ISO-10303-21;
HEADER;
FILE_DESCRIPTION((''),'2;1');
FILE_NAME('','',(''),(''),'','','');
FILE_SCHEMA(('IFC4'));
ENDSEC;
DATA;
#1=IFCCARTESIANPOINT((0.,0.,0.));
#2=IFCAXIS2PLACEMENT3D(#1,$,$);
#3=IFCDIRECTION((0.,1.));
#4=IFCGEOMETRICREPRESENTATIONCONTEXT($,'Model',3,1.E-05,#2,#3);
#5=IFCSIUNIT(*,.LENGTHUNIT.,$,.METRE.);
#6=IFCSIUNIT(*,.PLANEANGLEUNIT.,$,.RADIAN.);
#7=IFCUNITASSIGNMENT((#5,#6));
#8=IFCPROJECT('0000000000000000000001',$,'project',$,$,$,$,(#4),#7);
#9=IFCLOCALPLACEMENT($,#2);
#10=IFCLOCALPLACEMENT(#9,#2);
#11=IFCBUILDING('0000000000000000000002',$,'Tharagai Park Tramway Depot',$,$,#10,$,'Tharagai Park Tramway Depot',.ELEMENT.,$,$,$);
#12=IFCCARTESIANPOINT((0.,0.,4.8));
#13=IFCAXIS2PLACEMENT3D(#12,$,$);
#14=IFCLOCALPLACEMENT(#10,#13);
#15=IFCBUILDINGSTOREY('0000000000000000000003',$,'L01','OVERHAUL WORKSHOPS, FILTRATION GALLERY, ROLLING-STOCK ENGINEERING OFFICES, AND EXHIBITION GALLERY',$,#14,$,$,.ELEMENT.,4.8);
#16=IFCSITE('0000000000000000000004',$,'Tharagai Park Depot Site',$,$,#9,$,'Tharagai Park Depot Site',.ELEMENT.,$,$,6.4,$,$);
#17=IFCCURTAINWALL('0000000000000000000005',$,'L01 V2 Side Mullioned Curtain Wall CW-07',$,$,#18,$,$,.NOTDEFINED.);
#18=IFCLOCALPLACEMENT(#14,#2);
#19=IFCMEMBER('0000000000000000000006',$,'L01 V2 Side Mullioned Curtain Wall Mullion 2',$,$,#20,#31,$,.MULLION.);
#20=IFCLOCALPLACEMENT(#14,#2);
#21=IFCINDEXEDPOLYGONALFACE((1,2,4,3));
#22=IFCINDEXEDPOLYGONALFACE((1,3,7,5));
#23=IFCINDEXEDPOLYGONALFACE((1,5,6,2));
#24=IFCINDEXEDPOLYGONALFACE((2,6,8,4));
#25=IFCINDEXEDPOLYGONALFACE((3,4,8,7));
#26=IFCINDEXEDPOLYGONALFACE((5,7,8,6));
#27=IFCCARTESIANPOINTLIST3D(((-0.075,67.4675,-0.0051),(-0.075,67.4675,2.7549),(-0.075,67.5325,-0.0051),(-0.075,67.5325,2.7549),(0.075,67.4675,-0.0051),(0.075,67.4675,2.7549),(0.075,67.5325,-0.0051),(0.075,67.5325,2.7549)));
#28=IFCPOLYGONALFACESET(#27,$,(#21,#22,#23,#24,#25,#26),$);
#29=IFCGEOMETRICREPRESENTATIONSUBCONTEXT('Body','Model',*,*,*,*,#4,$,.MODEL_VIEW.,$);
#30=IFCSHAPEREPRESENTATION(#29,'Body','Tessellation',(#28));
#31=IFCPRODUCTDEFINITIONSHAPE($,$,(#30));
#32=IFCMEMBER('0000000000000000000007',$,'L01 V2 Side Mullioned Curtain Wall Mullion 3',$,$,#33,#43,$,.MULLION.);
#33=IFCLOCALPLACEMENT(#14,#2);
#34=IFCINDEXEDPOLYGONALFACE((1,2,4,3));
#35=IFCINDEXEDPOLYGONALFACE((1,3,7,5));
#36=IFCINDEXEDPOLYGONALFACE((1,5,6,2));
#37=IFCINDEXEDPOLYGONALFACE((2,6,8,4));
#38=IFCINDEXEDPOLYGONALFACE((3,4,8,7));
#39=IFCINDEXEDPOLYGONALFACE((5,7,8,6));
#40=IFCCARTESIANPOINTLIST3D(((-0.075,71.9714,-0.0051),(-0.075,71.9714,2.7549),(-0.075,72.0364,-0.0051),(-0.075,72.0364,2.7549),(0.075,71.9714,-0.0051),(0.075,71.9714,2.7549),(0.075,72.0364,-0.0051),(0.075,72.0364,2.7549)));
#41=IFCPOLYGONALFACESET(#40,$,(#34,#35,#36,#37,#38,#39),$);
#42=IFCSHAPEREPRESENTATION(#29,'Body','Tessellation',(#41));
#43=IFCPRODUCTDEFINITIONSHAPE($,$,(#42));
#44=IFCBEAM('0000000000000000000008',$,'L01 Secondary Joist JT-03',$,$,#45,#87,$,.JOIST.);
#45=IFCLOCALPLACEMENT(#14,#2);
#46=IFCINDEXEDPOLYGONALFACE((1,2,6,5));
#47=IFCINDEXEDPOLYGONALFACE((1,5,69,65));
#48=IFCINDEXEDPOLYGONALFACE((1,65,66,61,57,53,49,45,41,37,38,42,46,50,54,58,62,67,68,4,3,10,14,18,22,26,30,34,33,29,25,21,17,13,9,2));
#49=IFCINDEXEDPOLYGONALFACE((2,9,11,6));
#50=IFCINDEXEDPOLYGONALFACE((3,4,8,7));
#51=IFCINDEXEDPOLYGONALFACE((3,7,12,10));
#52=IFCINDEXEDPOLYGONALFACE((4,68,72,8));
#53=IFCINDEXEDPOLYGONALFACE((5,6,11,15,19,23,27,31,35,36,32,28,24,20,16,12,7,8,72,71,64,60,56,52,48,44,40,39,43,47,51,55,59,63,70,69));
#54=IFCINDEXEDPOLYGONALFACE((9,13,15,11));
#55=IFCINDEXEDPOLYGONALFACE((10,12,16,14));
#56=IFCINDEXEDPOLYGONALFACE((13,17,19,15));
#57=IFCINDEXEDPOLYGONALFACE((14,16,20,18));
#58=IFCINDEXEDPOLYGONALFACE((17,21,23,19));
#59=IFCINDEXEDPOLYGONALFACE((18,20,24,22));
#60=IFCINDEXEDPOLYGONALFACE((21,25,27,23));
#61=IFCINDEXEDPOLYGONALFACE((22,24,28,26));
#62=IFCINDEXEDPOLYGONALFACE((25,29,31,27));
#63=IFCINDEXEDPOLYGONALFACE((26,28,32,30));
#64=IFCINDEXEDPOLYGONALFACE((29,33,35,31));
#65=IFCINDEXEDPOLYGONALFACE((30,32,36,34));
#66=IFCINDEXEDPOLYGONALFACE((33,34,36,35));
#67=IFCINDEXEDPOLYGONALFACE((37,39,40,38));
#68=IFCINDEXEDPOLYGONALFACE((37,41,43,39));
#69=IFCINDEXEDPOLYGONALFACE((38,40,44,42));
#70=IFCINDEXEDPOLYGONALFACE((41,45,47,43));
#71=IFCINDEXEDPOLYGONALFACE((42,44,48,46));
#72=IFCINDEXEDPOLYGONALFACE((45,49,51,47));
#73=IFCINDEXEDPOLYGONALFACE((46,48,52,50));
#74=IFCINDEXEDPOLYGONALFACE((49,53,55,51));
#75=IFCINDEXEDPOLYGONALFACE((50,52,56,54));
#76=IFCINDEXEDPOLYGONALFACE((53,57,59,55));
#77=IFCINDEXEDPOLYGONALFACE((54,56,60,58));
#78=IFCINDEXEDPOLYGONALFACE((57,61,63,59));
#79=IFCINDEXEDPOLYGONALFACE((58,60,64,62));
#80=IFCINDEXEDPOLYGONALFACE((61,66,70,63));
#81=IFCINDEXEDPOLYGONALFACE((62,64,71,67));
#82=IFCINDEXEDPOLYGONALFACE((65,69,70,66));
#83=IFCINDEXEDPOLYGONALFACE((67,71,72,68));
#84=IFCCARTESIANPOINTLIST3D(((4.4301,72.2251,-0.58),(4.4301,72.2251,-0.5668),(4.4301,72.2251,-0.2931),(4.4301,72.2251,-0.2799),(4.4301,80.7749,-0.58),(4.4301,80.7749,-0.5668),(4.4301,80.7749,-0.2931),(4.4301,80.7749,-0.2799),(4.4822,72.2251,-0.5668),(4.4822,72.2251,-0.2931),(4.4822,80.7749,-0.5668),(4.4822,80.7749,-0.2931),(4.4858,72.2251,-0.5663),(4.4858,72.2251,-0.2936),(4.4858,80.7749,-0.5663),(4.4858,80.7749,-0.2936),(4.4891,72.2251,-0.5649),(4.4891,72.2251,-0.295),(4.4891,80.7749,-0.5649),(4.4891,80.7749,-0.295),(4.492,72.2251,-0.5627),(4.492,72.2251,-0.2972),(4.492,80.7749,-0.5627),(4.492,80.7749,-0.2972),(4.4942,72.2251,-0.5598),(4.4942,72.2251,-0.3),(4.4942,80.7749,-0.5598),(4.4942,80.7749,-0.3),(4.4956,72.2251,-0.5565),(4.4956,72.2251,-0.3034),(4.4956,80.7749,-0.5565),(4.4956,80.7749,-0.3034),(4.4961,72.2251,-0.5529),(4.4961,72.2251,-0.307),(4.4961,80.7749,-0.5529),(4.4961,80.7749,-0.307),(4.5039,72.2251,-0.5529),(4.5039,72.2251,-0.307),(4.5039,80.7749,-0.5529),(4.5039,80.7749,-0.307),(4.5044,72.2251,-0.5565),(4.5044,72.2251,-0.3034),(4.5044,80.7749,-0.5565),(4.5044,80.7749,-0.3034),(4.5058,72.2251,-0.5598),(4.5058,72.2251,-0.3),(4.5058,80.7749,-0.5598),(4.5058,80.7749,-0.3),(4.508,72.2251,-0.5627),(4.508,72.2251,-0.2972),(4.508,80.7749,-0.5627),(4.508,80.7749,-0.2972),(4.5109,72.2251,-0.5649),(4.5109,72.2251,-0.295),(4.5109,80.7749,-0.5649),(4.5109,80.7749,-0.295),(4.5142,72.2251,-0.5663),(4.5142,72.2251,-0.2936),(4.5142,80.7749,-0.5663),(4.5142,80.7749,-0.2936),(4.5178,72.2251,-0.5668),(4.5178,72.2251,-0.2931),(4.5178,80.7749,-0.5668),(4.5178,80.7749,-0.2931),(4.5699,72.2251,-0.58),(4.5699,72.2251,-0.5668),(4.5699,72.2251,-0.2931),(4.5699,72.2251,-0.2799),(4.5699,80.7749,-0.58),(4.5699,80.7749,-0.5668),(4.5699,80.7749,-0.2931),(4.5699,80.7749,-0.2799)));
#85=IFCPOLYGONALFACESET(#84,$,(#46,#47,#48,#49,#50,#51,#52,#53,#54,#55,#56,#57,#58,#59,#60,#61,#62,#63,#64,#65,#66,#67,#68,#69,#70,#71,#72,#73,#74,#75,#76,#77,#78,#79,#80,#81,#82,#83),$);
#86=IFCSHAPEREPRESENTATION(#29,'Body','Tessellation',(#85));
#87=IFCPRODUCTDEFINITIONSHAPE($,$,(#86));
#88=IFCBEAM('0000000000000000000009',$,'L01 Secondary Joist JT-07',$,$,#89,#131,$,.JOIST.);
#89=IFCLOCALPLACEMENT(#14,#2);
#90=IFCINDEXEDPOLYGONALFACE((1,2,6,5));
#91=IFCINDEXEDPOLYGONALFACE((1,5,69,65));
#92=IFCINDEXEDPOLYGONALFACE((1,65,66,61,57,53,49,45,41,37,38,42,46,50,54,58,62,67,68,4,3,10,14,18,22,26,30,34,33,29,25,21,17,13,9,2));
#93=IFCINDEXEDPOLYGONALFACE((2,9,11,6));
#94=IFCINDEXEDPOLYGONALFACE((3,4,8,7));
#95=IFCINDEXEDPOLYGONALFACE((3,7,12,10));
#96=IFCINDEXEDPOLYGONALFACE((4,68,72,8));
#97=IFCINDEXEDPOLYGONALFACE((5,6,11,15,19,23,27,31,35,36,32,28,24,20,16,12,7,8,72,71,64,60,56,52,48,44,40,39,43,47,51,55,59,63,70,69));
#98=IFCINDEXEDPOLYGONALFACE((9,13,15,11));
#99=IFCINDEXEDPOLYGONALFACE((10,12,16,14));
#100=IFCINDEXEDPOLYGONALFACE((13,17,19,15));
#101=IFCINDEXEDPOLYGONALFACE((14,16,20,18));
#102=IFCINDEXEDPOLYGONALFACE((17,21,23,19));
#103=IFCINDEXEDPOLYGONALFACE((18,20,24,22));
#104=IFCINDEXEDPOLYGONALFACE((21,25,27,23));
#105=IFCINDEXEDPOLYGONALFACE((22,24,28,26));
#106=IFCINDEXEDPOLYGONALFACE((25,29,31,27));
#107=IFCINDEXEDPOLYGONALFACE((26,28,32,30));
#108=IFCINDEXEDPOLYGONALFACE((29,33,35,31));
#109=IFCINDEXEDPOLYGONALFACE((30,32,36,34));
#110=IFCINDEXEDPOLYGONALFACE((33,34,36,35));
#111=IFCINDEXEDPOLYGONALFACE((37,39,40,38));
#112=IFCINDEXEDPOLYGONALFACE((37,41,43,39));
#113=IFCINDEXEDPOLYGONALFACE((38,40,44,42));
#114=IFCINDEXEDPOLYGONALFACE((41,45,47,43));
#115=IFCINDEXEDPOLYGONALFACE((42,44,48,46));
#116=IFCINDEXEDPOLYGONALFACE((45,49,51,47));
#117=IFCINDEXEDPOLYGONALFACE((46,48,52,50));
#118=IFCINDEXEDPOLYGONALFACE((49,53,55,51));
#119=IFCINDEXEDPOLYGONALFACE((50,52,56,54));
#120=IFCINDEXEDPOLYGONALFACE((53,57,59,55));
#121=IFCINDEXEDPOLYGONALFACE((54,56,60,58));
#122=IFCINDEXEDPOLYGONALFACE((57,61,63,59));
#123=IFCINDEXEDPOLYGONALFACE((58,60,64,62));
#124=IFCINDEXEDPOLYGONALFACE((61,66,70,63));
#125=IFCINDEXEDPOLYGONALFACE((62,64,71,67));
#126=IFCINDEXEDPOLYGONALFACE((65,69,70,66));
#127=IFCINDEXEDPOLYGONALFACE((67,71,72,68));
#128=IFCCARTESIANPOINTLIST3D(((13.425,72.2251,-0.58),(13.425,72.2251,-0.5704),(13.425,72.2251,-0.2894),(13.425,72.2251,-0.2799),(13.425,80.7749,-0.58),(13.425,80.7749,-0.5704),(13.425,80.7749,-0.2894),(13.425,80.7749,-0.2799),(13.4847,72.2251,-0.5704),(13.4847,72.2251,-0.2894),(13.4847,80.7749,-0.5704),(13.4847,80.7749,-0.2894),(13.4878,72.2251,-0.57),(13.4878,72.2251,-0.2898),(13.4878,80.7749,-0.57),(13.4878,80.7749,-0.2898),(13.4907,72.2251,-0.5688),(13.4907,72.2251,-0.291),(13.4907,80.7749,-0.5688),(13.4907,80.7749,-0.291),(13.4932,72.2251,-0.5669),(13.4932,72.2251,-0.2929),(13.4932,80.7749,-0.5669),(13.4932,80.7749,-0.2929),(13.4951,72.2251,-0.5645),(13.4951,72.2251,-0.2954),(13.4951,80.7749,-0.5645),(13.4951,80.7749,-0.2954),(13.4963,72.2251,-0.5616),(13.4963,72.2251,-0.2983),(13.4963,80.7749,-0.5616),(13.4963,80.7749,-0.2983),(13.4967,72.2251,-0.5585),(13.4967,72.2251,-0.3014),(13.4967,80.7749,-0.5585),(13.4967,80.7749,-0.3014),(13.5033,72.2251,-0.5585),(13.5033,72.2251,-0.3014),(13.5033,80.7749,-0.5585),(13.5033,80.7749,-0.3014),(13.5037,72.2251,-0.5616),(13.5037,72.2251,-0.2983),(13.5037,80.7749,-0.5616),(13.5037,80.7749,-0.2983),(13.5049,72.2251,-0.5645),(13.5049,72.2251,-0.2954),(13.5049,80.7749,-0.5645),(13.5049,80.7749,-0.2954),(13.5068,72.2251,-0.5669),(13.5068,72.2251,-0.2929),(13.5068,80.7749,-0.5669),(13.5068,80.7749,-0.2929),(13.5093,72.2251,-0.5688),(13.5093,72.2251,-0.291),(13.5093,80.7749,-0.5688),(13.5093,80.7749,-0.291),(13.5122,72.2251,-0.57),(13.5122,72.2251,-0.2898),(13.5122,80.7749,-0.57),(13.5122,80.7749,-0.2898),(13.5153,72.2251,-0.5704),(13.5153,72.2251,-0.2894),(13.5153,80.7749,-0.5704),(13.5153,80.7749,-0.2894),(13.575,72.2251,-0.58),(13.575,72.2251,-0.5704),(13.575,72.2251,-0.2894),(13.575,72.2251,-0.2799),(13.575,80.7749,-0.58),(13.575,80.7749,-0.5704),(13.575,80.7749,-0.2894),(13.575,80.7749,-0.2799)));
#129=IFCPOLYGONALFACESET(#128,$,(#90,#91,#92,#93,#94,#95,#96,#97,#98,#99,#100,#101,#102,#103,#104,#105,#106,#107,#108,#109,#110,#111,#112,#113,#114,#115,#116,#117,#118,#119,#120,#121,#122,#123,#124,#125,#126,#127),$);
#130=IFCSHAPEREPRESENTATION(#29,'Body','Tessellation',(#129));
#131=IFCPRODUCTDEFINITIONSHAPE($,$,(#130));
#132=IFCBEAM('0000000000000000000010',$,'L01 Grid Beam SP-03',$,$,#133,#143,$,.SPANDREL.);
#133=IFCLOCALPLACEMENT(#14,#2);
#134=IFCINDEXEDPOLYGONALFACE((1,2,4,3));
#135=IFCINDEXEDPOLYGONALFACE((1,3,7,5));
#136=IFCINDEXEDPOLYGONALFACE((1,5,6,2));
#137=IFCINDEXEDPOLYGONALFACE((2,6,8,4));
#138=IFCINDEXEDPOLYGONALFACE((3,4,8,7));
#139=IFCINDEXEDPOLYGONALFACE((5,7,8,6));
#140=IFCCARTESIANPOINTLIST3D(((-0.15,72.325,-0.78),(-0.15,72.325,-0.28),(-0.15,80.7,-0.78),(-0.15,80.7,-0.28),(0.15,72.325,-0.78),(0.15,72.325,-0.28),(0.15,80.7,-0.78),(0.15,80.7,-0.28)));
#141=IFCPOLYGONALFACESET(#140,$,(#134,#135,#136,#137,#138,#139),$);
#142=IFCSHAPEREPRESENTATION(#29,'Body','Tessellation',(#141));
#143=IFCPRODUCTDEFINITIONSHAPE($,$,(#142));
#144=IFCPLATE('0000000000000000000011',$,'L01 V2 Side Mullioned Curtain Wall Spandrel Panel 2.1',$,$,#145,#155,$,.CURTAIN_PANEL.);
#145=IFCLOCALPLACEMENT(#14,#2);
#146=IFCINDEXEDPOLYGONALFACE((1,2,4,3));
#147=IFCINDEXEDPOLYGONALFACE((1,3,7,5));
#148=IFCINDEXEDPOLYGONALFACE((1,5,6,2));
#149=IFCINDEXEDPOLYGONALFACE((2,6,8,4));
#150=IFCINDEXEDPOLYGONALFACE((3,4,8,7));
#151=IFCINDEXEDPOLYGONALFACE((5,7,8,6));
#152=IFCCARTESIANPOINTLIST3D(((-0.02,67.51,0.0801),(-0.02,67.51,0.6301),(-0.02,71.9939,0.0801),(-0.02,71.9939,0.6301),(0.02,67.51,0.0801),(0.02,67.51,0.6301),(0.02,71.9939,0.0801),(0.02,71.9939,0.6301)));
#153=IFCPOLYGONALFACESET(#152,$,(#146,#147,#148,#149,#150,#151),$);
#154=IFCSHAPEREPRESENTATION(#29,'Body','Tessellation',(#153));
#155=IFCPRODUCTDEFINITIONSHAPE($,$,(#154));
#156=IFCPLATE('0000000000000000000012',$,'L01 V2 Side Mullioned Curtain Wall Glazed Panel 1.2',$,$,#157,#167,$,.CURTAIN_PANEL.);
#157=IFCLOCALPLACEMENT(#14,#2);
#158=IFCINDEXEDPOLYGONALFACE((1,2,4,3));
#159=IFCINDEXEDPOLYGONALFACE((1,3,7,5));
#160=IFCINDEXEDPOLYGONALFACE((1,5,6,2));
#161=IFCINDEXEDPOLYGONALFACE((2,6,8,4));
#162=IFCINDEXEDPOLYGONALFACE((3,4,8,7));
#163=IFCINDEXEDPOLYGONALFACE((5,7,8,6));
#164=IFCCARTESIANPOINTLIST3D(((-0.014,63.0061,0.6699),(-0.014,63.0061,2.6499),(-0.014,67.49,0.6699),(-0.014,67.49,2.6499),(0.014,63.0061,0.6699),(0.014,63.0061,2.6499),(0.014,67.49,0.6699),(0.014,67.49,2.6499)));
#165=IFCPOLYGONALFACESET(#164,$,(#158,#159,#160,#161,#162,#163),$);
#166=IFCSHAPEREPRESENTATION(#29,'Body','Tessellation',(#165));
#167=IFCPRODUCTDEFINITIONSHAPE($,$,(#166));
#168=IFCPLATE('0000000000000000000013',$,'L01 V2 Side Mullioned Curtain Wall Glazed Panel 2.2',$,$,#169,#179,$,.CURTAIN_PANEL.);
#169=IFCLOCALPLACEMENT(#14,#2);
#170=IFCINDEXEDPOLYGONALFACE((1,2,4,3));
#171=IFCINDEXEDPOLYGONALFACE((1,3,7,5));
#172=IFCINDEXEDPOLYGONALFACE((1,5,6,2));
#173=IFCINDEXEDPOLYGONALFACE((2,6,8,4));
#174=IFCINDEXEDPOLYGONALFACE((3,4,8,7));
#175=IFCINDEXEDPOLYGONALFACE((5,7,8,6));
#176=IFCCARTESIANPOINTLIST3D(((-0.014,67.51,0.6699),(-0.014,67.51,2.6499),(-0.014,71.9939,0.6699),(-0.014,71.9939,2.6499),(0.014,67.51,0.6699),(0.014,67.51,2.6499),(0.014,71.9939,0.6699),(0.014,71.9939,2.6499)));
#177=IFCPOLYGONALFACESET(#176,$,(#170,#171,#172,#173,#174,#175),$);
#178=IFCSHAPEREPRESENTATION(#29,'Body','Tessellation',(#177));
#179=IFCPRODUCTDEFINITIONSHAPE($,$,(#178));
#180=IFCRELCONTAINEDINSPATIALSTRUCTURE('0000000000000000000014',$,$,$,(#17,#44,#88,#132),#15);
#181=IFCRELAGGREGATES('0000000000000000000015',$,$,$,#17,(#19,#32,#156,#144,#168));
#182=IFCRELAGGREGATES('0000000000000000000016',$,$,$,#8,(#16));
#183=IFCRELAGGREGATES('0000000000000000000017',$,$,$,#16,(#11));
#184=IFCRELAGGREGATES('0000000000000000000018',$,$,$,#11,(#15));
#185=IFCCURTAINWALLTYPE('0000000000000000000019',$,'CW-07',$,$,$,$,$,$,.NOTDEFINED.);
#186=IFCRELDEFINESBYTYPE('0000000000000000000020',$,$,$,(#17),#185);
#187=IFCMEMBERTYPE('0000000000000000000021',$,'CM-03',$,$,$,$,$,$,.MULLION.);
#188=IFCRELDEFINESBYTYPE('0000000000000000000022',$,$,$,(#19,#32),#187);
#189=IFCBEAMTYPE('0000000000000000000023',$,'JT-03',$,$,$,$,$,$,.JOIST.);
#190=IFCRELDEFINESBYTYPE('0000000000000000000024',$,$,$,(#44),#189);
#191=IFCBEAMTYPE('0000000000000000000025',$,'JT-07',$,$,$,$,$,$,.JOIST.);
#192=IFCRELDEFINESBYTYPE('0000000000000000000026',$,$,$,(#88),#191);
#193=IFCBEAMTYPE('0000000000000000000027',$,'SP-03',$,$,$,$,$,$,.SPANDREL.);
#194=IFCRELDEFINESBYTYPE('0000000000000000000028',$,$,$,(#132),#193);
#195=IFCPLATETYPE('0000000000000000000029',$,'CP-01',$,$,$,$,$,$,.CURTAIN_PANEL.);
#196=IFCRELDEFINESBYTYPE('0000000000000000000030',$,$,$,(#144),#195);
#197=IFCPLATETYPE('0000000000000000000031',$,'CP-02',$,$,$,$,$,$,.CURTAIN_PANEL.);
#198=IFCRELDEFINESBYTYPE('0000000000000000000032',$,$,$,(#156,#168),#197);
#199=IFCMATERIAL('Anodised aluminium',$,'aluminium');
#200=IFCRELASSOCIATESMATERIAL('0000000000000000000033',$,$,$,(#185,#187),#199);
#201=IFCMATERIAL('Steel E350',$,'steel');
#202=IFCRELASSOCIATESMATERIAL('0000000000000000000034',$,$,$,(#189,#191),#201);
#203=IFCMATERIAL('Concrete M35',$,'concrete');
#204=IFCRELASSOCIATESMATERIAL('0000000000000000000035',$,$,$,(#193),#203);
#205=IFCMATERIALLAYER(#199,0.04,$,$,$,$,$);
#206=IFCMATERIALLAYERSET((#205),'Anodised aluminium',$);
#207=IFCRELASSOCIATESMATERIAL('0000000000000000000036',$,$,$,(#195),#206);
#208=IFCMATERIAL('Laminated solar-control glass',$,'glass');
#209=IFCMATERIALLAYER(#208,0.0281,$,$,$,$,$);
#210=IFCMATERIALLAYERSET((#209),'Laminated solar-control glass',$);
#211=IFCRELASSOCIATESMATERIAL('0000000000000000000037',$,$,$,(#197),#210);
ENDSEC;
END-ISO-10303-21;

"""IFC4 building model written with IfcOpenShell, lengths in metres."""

from ifc_helpers import new_model, si_unit, direction, frame, origin, origin_2d, place, context, subcontext, project, spatial, rectangle, i_section, extrude, material, layer, layer_set, material_profile, profile_set, type_object, element, aggregate, save


model = new_model("IFC4")

# Units and contexts
model_context = context("Model", 3, precision=1e-05, world=origin(), true_north=direction((0.0, 1.0)))
body_context = subcontext(model_context, "Body", "Model", "MODEL_VIEW")
ifc_project = project(units=[si_unit("LENGTHUNIT", "METRE"), si_unit("PLANEANGLEUNIT", "RADIAN")], contexts=[model_context])

# Site, building, storey
site_placement = place(None, origin())
site = spatial("IfcSite", under=ifc_project, at=site_placement, Name="Tharagai Park Depot Site", LongName="Tharagai Park Depot Site", CompositionType="ELEMENT", RefElevation=6.4)
building_placement = place(site_placement, origin())
building = spatial("IfcBuilding", under=site, at=building_placement, Name="Tharagai Park Tramway Depot", LongName="Tharagai Park Tramway Depot", CompositionType="ELEMENT")
storey_placement = place(building_placement, frame((0.0, 0.0, 4.8)))
storey = spatial("IfcBuildingStorey", under=building, at=storey_placement, Name="L01", Description="OVERHAUL WORKSHOPS, FILTRATION GALLERY, ROLLING-STOCK ENGINEERING OFFICES, AND EXHIBITION GALLERY", CompositionType="ELEMENT", Elevation=4.8)

# Shared definitions
ifc_material_1 = material(Name="Steel E350", Category="steel")

# Shared definitions
ifc_material_2 = material(Name="Concrete M35", Category="concrete")

# Curtain wall, members
ifc_material_3 = material(Name="Anodised aluminium", Category="aluminium")
curtain_wall_type = type_object("IfcCurtainWallType", Name="CW-07", PredefinedType="NOTDEFINED", material=ifc_material_3)
curtain_wall_placement = place(storey_placement, origin())
curtain_wall = element("IfcCurtainWall", 1, at=curtain_wall_placement, inside=storey, type_object=curtain_wall_type, Name="L01 V2 Side Mullioned Curtain Wall CW-07", PredefinedType="NOTDEFINED")
ifc_material_profile_1 = material_profile(ifc_material_3, rectangle(XDim=0.0649, YDim=0.1499, at=origin_2d()), Name="ALU 65x150")
ifc_profile_set_1 = profile_set([ifc_material_profile_1], Name="Anodised aluminium")
member_type_1 = type_object("IfcMemberType", Name="CM-03", PredefinedType="MULLION", material=ifc_profile_set_1)
member_1_placement = place(storey_placement, frame((0.0, 67.5, -0.0051), z_axis=(0.0, 0.0, 1.0), x_axis=(0.0, 1.0, 0.0)))
member_1 = element("IfcMember", 2, at=member_1_placement, type_object=member_type_1, Name="L01 V2 Side Mullioned Curtain Wall Mullion 2", PredefinedType="MULLION", context=body_context, shape_type="SweptSolid", body=[
    extrude(rectangle(XDim=0.0649, YDim=0.1499, at=origin_2d()), origin(), (0.0, 0.0, 1.0), 2.76),
])
member_2_placement = place(storey_placement, frame((0.0, 72.0039, -0.0051), z_axis=(0.0, 0.0, 1.0), x_axis=(0.0, 1.0, 0.0)))
member_2 = element("IfcMember", 3, at=member_2_placement, type_object=member_type_1, Name="L01 V2 Side Mullioned Curtain Wall Mullion 3", PredefinedType="MULLION", context=body_context, shape_type="SweptSolid", body=[
    extrude(rectangle(XDim=0.0649, YDim=0.1499, at=origin_2d()), origin(), (0.0, 0.0, 1.0), 2.76),
])

# Beams
ifc_material_profile_2 = material_profile(ifc_material_1, i_section(OverallWidth=0.1399, OverallDepth=0.3, WebThickness=0.0078, FlangeThickness=0.0132, FilletRadius=0.0139, at=origin_2d()), Name="ISMB 300")
ifc_profile_set_2 = profile_set([ifc_material_profile_2], Name="Steel E350")
beam_type_1 = type_object("IfcBeamType", Name="JT-03", PredefinedType="JOIST", material=ifc_profile_set_2)
beam_1_placement = place(storey_placement, frame((4.5, 72.2251, -0.4299), z_axis=(0.0, 1.0, 0.0), x_axis=(-1.0, 0.0, 0.0)))
element("IfcBeam", 4, at=beam_1_placement, inside=storey, type_object=beam_type_1, Name="L01 Secondary Joist JT-03", PredefinedType="JOIST", context=body_context, shape_type="SweptSolid", body=[
    extrude(i_section(OverallWidth=0.1399, OverallDepth=0.3, WebThickness=0.0078, FlangeThickness=0.0132, FilletRadius=0.0139, at=origin_2d()), origin(), (0.0, 0.0, 1.0), 8.5498),
])
ifc_material_profile_3 = material_profile(ifc_material_1, i_section(OverallWidth=0.1499, OverallDepth=0.3, WebThickness=0.0066, FlangeThickness=0.0095, FilletRadius=0.012, at=origin_2d()), Name="ISLB 300")
ifc_profile_set_3 = profile_set([ifc_material_profile_3], Name="Steel E350")
beam_type_2 = type_object("IfcBeamType", Name="JT-07", PredefinedType="JOIST", material=ifc_profile_set_3)
beam_2_placement = place(storey_placement, frame((13.5, 72.2251, -0.4299), z_axis=(0.0, 1.0, 0.0), x_axis=(-1.0, 0.0, 0.0)))
element("IfcBeam", 5, at=beam_2_placement, inside=storey, type_object=beam_type_2, Name="L01 Secondary Joist JT-07", PredefinedType="JOIST", context=body_context, shape_type="SweptSolid", body=[
    extrude(i_section(OverallWidth=0.1499, OverallDepth=0.3, WebThickness=0.0066, FlangeThickness=0.0095, FilletRadius=0.012, at=origin_2d()), origin(), (0.0, 0.0, 1.0), 8.5498),
])
ifc_material_profile_4 = material_profile(ifc_material_2, rectangle(XDim=0.3, YDim=0.5, at=origin_2d()), Name="RC 300x500")
ifc_profile_set_4 = profile_set([ifc_material_profile_4], Name="Concrete M35")
beam_type_3 = type_object("IfcBeamType", Name="SP-03", PredefinedType="SPANDREL", material=ifc_profile_set_4)
beam_3_placement = place(storey_placement, frame((0.0, 72.325, -0.53), z_axis=(0.0, 1.0, 0.0), x_axis=(-1.0, 0.0, 0.0)))
element("IfcBeam", 6, at=beam_3_placement, inside=storey, type_object=beam_type_3, Name="L01 Grid Beam SP-03", PredefinedType="SPANDREL", context=body_context, shape_type="SweptSolid", body=[
    extrude(rectangle(XDim=0.3, YDim=0.5, at=origin_2d()), origin(), (0.0, 0.0, 1.0), 8.375),
])

# Plates
ifc_layer_1 = layer(ifc_material_3, 0.04)
ifc_layer_set_1 = layer_set([ifc_layer_1], Name="Anodised aluminium")
plate_type_1 = type_object("IfcPlateType", Name="CP-01", PredefinedType="CURTAIN_PANEL", material=ifc_layer_set_1)
plate_1_placement = place(storey_placement, frame((0.0, 69.752, 0.0801), z_axis=(0.0, 0.0, 1.0), x_axis=(0.0, 1.0, 0.0)))
plate_1 = element("IfcPlate", 7, at=plate_1_placement, type_object=plate_type_1, Name="L01 V2 Side Mullioned Curtain Wall Spandrel Panel 2.1", PredefinedType="CURTAIN_PANEL", context=body_context, shape_type="SweptSolid", body=[
    extrude(rectangle(XDim=4.4839, YDim=0.04, at=origin_2d()), origin(), (0.0, 0.0, 1.0), 0.55),
])
ifc_material_4 = material(Name="Laminated solar-control glass", Category="glass")
ifc_layer_2 = layer(ifc_material_4, 0.0281)
ifc_layer_set_2 = layer_set([ifc_layer_2], Name="Laminated solar-control glass")
plate_type_2 = type_object("IfcPlateType", Name="CP-02", PredefinedType="CURTAIN_PANEL", material=ifc_layer_set_2)
plate_2_placement = place(storey_placement, frame((0.0, 65.248, 0.6699), z_axis=(0.0, 0.0, 1.0), x_axis=(0.0, 1.0, 0.0)))
plate_2 = element("IfcPlate", 8, at=plate_2_placement, type_object=plate_type_2, Name="L01 V2 Side Mullioned Curtain Wall Glazed Panel 1.2", PredefinedType="CURTAIN_PANEL", context=body_context, shape_type="SweptSolid", body=[
    extrude(rectangle(XDim=4.4839, YDim=0.0281, at=origin_2d()), origin(), (0.0, 0.0, 1.0), 1.98),
])
plate_3_placement = place(storey_placement, frame((0.0, 69.752, 0.6699), z_axis=(0.0, 0.0, 1.0), x_axis=(0.0, 1.0, 0.0)))
plate_3 = element("IfcPlate", 9, at=plate_3_placement, type_object=plate_type_2, Name="L01 V2 Side Mullioned Curtain Wall Glazed Panel 2.2", PredefinedType="CURTAIN_PANEL", context=body_context, shape_type="SweptSolid", body=[
    extrude(rectangle(XDim=4.4839, YDim=0.0281, at=origin_2d()), origin(), (0.0, 0.0, 1.0), 1.98),
])
aggregate(curtain_wall, [member_1, member_2, plate_2, plate_1, plate_3])

save(model, "model.ifc")
